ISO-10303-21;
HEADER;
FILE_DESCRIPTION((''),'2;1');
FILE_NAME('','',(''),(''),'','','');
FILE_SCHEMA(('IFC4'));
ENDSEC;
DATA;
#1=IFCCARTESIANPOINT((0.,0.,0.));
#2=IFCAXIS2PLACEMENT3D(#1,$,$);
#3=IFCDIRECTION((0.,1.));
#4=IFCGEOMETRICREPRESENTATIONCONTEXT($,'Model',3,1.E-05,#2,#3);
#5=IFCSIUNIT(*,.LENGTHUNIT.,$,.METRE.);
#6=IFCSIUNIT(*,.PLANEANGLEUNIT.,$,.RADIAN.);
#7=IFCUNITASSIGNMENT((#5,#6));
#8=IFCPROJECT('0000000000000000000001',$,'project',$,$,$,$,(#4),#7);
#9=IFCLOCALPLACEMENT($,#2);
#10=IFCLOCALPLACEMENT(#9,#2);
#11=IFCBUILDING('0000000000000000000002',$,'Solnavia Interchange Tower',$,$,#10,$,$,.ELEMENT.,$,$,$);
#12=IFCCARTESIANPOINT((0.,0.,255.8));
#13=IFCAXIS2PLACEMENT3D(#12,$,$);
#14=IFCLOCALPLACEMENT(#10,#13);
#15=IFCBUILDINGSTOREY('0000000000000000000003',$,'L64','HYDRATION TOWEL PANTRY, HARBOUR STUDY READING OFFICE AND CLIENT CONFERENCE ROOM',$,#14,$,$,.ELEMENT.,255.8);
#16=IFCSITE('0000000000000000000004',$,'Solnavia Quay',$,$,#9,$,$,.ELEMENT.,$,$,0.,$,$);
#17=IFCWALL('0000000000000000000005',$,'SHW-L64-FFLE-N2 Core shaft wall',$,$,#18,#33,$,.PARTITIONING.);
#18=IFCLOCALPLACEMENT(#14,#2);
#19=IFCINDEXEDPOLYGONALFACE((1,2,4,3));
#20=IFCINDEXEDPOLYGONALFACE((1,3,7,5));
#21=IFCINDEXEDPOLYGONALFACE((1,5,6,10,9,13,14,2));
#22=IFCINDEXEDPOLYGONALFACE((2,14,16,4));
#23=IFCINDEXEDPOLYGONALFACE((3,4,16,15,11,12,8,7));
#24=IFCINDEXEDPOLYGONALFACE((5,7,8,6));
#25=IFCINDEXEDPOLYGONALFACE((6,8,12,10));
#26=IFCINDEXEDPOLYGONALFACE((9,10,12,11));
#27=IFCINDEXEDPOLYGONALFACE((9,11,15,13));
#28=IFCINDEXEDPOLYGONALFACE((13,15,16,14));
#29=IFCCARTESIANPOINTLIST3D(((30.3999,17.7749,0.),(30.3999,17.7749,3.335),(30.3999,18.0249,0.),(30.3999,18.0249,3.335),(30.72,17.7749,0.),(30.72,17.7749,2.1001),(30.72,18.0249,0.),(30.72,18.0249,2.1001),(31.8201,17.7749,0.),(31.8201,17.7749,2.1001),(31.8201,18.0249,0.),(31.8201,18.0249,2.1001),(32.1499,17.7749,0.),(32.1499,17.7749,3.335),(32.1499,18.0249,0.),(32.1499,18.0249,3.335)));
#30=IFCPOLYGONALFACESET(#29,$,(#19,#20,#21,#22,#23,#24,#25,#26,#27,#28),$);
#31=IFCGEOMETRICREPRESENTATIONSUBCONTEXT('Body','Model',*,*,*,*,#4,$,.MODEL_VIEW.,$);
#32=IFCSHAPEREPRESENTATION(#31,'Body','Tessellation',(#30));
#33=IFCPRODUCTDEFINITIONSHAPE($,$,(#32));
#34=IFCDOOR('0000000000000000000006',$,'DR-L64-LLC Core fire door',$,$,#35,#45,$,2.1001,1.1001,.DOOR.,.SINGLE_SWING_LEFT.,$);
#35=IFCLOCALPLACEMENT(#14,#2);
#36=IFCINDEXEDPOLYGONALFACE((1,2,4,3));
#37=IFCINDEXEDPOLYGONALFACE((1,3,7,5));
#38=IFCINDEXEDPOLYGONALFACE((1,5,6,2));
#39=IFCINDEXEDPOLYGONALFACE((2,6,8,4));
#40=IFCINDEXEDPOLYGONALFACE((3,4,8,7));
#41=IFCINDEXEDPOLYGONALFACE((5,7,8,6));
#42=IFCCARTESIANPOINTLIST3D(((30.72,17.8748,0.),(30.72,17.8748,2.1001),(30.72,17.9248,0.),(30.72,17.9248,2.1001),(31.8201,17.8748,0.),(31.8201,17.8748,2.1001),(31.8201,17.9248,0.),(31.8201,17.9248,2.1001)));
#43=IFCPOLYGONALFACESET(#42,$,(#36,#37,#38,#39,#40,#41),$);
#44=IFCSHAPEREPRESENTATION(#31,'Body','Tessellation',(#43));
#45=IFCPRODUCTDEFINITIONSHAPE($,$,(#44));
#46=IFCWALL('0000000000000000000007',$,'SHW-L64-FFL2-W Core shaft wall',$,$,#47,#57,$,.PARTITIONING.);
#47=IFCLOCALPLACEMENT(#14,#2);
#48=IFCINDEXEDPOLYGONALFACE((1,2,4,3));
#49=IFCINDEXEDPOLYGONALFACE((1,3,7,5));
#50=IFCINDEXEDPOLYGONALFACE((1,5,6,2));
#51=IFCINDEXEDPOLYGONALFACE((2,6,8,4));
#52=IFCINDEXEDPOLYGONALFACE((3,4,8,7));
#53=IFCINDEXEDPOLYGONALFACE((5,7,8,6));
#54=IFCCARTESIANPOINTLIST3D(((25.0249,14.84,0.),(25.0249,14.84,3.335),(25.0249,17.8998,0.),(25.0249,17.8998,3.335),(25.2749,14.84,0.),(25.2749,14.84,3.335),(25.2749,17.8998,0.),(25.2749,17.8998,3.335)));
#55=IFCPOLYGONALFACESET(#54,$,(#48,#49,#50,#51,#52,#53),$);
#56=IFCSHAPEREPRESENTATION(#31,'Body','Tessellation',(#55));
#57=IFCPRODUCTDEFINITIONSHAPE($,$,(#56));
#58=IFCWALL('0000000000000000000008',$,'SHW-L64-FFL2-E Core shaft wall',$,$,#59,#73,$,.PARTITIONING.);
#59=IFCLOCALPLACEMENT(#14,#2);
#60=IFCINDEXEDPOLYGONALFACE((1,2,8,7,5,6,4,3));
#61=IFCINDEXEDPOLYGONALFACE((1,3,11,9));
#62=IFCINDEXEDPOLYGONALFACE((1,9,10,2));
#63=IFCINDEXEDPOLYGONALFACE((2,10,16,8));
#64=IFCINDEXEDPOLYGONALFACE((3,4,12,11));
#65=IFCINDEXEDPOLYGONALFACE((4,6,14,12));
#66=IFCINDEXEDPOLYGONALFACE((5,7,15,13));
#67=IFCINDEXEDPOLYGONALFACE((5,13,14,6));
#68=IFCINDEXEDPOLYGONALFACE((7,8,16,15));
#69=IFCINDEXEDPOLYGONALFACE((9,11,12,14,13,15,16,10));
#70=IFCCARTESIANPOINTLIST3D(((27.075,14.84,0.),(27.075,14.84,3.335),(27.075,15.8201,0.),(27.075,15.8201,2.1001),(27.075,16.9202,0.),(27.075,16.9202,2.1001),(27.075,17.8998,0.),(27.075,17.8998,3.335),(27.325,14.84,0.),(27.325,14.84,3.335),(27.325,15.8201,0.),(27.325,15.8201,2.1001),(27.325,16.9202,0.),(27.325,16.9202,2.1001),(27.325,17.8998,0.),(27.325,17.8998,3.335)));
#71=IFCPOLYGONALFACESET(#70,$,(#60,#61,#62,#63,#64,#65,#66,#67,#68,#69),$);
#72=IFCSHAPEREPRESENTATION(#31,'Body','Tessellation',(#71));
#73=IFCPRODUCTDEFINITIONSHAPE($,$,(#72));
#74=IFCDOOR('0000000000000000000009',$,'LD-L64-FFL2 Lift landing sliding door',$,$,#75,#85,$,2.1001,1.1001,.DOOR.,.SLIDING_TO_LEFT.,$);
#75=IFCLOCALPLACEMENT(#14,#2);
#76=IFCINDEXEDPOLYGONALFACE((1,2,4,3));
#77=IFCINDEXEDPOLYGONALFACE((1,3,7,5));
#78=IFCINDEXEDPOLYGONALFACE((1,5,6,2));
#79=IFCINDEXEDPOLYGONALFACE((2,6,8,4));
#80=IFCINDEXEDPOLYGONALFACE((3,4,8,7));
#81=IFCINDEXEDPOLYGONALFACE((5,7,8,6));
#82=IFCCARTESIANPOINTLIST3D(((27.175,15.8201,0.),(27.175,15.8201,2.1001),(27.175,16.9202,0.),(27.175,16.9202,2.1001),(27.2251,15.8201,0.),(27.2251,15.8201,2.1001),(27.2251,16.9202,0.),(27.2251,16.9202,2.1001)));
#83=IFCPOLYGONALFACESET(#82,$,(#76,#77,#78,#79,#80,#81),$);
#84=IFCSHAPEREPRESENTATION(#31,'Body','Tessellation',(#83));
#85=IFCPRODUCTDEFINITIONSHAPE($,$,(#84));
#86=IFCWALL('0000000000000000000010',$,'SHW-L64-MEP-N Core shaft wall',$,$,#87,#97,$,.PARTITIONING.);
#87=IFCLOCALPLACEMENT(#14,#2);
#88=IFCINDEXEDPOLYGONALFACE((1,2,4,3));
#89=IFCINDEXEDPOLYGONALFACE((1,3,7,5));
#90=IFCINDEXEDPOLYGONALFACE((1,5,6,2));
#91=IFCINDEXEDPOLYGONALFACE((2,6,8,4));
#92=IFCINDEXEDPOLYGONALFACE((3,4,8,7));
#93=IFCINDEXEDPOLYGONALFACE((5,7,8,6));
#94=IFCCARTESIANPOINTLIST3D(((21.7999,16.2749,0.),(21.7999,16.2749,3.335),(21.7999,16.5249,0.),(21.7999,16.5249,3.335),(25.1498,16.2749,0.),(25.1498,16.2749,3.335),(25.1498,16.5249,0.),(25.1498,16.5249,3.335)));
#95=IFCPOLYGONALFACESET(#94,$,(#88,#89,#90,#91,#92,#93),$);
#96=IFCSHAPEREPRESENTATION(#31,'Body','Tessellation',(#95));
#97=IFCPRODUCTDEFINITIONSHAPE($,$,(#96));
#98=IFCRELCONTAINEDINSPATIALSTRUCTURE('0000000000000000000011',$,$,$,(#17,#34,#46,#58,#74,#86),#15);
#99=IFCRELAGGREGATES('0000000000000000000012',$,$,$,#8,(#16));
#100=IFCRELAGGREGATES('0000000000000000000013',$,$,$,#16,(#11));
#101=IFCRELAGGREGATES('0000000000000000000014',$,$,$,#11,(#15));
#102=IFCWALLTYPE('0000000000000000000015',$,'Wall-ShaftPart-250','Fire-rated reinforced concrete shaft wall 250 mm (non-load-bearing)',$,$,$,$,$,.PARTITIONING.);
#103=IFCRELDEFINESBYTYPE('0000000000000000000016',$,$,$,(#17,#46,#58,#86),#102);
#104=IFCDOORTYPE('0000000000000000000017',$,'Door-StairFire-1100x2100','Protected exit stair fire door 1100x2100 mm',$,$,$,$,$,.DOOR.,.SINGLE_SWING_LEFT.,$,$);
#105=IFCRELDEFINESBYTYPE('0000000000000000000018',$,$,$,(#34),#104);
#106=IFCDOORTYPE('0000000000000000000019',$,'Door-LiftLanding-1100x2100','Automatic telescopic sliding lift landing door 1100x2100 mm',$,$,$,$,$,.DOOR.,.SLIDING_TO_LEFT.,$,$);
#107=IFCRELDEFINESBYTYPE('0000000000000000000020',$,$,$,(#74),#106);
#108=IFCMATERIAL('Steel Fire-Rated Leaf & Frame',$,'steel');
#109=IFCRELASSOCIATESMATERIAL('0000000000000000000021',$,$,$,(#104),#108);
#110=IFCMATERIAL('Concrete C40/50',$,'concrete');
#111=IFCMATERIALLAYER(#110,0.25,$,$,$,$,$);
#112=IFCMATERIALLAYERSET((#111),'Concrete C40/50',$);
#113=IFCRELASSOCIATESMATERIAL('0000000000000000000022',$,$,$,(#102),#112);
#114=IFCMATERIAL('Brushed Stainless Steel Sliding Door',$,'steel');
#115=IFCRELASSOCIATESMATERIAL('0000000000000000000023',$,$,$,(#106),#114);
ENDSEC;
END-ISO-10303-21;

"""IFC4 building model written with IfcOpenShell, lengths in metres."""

from ifc_helpers import new_model, si_unit, direction, frame, frame_2d, origin, place, context, subcontext, project, spatial, rectangle, extrude, material, layer, layer_set, type_object, element, fill, save


model = new_model("IFC4")

# Units and contexts
model_context = context("Model", 3, precision=1e-05, world=origin(), true_north=direction((0.0, 1.0)))
body_context = subcontext(model_context, "Body", "Model", "MODEL_VIEW")
ifc_project = project(units=[si_unit("LENGTHUNIT", "METRE"), si_unit("PLANEANGLEUNIT", "RADIAN")], contexts=[model_context])

# Site, building, storey
site_placement = place(None, origin())
site = spatial("IfcSite", under=ifc_project, at=site_placement, Name="Solnavia Quay", CompositionType="ELEMENT", RefElevation=0.0)
building_placement = place(site_placement, origin())
building = spatial("IfcBuilding", under=site, at=building_placement, Name="Solnavia Interchange Tower", CompositionType="ELEMENT")
storey_placement = place(building_placement, frame((0.0, 0.0, 255.8)))
storey = spatial("IfcBuildingStorey", under=building, at=storey_placement, Name="L64", Description="HYDRATION TOWEL PANTRY, HARBOUR STUDY READING OFFICE AND CLIENT CONFERENCE ROOM", CompositionType="ELEMENT", Elevation=255.8)

# Shared definitions
ifc_material_1 = material(Name="Concrete C40/50", Category="concrete")
ifc_material_2 = material(Name="Steel Fire-Rated Leaf & Frame", Category="steel")
door_type_1 = type_object("IfcDoorType", Name="Door-StairFire-1100x2100", Description="Protected exit stair fire door 1100x2100 mm", OperationType="SINGLE_SWING_LEFT", PredefinedType="DOOR", material=ifc_material_2)

# Shared definitions
ifc_layer_1 = layer(ifc_material_1, 0.25)
ifc_layer_set_1 = layer_set([ifc_layer_1], Name="Concrete C40/50")
wall_type_1 = type_object("IfcWallType", Name="Wall-ShaftPart-250", Description="Fire-rated reinforced concrete shaft wall 250 mm (non-load-bearing)", PredefinedType="PARTITIONING", material=ifc_layer_set_1)

# Wall, opening, door
wall_1_placement = place(storey_placement, frame((30.3999, 17.8999, 0.0), z_axis=(0.0, 0.0, 1.0), x_axis=(1.0, 0.0, 0.0)))
wall_1 = element("IfcWall", 1, at=wall_1_placement, inside=storey, type_object=wall_type_1, Name="SHW-L64-FFLE-N2 Core shaft wall", PredefinedType="PARTITIONING", context=body_context, shape_type="SweptSolid", body=[
    extrude(rectangle(XDim=1.75, YDim=0.25, at=frame_2d((0.875, 0.0))), origin(), (0.0, 0.0, 1.0), 3.335),
])
opening_1_placement = place(wall_1_placement, frame((0.3201, 0.0, 0.0)))
opening_1 = element("IfcOpeningElement", 2, at=opening_1_placement, cuts=wall_1, PredefinedType="OPENING", context=body_context, shape_type="SweptSolid", body=[
    extrude(rectangle(XDim=1.1001, YDim=2.1001, at=frame_2d((0.55, 1.05))), frame((0.0, 0.135, 0.0), z_axis=(0.0, -1.0, 0.0), x_axis=(1.0, 0.0, 0.0)), (0.0, 0.0, 1.0), 0.27),
])
door_1_placement = place(opening_1_placement, origin())
door_1 = element("IfcDoor", 3, at=door_1_placement, inside=storey, type_object=door_type_1, Name="DR-L64-LLC Core fire door", OperationType="SINGLE_SWING_LEFT", OverallHeight=2.1001, OverallWidth=1.1001, PredefinedType="DOOR", context=body_context, shape_type="SweptSolid", body=[
    extrude(rectangle(XDim=1.1001, YDim=2.1001, at=frame_2d((0.55, 1.05))), frame((0.0, 0.0249, 0.0), z_axis=(0.0, -1.0, 0.0), x_axis=(1.0, 0.0, 0.0)), (0.0, 0.0, 1.0), 0.05),
])
fill(opening_1, door_1)

# Wall
wall_2_placement = place(storey_placement, frame((25.1499, 14.8401, 0.0), z_axis=(0.0, 0.0, 1.0), x_axis=(0.0, 1.0, 0.0)))
element("IfcWall", 4, at=wall_2_placement, inside=storey, type_object=wall_type_1, Name="SHW-L64-FFL2-W Core shaft wall", PredefinedType="PARTITIONING", context=body_context, shape_type="SweptSolid", body=[
    extrude(rectangle(XDim=3.0598, YDim=0.25, at=frame_2d((1.5298, 0.0))), origin(), (0.0, 0.0, 1.0), 3.335),
])

# Wall, opening, door
wall_3_placement = place(storey_placement, frame((27.2, 14.8401, 0.0), z_axis=(0.0, 0.0, 1.0), x_axis=(0.0, 1.0, 0.0)))
wall_3 = element("IfcWall", 5, at=wall_3_placement, inside=storey, type_object=wall_type_1, Name="SHW-L64-FFL2-E Core shaft wall", PredefinedType="PARTITIONING", context=body_context, shape_type="SweptSolid", body=[
    extrude(rectangle(XDim=3.0598, YDim=0.25, at=frame_2d((1.5298, 0.0))), origin(), (0.0, 0.0, 1.0), 3.335),
])
opening_2_placement = place(wall_3_placement, frame((0.98, 0.0, 0.0)))
opening_2 = element("IfcOpeningElement", 6, at=opening_2_placement, cuts=wall_3, PredefinedType="OPENING", context=body_context, shape_type="SweptSolid", body=[
    extrude(rectangle(XDim=1.1001, YDim=2.1001, at=frame_2d((0.55, 1.05))), frame((0.0, 0.135, 0.0), z_axis=(0.0, -1.0, 0.0), x_axis=(1.0, 0.0, 0.0)), (0.0, 0.0, 1.0), 0.27),
])
ifc_material_3 = material(Name="Brushed Stainless Steel Sliding Door", Category="steel")
door_type_2 = type_object("IfcDoorType", Name="Door-LiftLanding-1100x2100", Description="Automatic telescopic sliding lift landing door 1100x2100 mm", OperationType="SLIDING_TO_LEFT", PredefinedType="DOOR", material=ifc_material_3)
door_2_placement = place(opening_2_placement, origin())
door_2 = element("IfcDoor", 7, at=door_2_placement, inside=storey, type_object=door_type_2, Name="LD-L64-FFL2 Lift landing sliding door", OperationType="SLIDING_TO_LEFT", OverallHeight=2.1001, OverallWidth=1.1001, PredefinedType="DOOR", context=body_context, shape_type="SweptSolid", body=[
    extrude(rectangle(XDim=1.1001, YDim=2.1001, at=frame_2d((0.55, 1.05))), frame((0.0, 0.0249, 0.0), z_axis=(0.0, -1.0, 0.0), x_axis=(1.0, 0.0, 0.0)), (0.0, 0.0, 1.0), 0.05),
])
fill(opening_2, door_2)

# Wall
wall_4_placement = place(storey_placement, frame((21.8, 16.3999, 0.0), z_axis=(0.0, 0.0, 1.0), x_axis=(1.0, 0.0, 0.0)))
element("IfcWall", 8, at=wall_4_placement, inside=storey, type_object=wall_type_1, Name="SHW-L64-MEP-N Core shaft wall", PredefinedType="PARTITIONING", context=body_context, shape_type="SweptSolid", body=[
    extrude(rectangle(XDim=3.3499, YDim=0.25, at=frame_2d((1.6748, 0.0))), origin(), (0.0, 0.0, 1.0), 3.335),
])

save(model, "model.ifc")
